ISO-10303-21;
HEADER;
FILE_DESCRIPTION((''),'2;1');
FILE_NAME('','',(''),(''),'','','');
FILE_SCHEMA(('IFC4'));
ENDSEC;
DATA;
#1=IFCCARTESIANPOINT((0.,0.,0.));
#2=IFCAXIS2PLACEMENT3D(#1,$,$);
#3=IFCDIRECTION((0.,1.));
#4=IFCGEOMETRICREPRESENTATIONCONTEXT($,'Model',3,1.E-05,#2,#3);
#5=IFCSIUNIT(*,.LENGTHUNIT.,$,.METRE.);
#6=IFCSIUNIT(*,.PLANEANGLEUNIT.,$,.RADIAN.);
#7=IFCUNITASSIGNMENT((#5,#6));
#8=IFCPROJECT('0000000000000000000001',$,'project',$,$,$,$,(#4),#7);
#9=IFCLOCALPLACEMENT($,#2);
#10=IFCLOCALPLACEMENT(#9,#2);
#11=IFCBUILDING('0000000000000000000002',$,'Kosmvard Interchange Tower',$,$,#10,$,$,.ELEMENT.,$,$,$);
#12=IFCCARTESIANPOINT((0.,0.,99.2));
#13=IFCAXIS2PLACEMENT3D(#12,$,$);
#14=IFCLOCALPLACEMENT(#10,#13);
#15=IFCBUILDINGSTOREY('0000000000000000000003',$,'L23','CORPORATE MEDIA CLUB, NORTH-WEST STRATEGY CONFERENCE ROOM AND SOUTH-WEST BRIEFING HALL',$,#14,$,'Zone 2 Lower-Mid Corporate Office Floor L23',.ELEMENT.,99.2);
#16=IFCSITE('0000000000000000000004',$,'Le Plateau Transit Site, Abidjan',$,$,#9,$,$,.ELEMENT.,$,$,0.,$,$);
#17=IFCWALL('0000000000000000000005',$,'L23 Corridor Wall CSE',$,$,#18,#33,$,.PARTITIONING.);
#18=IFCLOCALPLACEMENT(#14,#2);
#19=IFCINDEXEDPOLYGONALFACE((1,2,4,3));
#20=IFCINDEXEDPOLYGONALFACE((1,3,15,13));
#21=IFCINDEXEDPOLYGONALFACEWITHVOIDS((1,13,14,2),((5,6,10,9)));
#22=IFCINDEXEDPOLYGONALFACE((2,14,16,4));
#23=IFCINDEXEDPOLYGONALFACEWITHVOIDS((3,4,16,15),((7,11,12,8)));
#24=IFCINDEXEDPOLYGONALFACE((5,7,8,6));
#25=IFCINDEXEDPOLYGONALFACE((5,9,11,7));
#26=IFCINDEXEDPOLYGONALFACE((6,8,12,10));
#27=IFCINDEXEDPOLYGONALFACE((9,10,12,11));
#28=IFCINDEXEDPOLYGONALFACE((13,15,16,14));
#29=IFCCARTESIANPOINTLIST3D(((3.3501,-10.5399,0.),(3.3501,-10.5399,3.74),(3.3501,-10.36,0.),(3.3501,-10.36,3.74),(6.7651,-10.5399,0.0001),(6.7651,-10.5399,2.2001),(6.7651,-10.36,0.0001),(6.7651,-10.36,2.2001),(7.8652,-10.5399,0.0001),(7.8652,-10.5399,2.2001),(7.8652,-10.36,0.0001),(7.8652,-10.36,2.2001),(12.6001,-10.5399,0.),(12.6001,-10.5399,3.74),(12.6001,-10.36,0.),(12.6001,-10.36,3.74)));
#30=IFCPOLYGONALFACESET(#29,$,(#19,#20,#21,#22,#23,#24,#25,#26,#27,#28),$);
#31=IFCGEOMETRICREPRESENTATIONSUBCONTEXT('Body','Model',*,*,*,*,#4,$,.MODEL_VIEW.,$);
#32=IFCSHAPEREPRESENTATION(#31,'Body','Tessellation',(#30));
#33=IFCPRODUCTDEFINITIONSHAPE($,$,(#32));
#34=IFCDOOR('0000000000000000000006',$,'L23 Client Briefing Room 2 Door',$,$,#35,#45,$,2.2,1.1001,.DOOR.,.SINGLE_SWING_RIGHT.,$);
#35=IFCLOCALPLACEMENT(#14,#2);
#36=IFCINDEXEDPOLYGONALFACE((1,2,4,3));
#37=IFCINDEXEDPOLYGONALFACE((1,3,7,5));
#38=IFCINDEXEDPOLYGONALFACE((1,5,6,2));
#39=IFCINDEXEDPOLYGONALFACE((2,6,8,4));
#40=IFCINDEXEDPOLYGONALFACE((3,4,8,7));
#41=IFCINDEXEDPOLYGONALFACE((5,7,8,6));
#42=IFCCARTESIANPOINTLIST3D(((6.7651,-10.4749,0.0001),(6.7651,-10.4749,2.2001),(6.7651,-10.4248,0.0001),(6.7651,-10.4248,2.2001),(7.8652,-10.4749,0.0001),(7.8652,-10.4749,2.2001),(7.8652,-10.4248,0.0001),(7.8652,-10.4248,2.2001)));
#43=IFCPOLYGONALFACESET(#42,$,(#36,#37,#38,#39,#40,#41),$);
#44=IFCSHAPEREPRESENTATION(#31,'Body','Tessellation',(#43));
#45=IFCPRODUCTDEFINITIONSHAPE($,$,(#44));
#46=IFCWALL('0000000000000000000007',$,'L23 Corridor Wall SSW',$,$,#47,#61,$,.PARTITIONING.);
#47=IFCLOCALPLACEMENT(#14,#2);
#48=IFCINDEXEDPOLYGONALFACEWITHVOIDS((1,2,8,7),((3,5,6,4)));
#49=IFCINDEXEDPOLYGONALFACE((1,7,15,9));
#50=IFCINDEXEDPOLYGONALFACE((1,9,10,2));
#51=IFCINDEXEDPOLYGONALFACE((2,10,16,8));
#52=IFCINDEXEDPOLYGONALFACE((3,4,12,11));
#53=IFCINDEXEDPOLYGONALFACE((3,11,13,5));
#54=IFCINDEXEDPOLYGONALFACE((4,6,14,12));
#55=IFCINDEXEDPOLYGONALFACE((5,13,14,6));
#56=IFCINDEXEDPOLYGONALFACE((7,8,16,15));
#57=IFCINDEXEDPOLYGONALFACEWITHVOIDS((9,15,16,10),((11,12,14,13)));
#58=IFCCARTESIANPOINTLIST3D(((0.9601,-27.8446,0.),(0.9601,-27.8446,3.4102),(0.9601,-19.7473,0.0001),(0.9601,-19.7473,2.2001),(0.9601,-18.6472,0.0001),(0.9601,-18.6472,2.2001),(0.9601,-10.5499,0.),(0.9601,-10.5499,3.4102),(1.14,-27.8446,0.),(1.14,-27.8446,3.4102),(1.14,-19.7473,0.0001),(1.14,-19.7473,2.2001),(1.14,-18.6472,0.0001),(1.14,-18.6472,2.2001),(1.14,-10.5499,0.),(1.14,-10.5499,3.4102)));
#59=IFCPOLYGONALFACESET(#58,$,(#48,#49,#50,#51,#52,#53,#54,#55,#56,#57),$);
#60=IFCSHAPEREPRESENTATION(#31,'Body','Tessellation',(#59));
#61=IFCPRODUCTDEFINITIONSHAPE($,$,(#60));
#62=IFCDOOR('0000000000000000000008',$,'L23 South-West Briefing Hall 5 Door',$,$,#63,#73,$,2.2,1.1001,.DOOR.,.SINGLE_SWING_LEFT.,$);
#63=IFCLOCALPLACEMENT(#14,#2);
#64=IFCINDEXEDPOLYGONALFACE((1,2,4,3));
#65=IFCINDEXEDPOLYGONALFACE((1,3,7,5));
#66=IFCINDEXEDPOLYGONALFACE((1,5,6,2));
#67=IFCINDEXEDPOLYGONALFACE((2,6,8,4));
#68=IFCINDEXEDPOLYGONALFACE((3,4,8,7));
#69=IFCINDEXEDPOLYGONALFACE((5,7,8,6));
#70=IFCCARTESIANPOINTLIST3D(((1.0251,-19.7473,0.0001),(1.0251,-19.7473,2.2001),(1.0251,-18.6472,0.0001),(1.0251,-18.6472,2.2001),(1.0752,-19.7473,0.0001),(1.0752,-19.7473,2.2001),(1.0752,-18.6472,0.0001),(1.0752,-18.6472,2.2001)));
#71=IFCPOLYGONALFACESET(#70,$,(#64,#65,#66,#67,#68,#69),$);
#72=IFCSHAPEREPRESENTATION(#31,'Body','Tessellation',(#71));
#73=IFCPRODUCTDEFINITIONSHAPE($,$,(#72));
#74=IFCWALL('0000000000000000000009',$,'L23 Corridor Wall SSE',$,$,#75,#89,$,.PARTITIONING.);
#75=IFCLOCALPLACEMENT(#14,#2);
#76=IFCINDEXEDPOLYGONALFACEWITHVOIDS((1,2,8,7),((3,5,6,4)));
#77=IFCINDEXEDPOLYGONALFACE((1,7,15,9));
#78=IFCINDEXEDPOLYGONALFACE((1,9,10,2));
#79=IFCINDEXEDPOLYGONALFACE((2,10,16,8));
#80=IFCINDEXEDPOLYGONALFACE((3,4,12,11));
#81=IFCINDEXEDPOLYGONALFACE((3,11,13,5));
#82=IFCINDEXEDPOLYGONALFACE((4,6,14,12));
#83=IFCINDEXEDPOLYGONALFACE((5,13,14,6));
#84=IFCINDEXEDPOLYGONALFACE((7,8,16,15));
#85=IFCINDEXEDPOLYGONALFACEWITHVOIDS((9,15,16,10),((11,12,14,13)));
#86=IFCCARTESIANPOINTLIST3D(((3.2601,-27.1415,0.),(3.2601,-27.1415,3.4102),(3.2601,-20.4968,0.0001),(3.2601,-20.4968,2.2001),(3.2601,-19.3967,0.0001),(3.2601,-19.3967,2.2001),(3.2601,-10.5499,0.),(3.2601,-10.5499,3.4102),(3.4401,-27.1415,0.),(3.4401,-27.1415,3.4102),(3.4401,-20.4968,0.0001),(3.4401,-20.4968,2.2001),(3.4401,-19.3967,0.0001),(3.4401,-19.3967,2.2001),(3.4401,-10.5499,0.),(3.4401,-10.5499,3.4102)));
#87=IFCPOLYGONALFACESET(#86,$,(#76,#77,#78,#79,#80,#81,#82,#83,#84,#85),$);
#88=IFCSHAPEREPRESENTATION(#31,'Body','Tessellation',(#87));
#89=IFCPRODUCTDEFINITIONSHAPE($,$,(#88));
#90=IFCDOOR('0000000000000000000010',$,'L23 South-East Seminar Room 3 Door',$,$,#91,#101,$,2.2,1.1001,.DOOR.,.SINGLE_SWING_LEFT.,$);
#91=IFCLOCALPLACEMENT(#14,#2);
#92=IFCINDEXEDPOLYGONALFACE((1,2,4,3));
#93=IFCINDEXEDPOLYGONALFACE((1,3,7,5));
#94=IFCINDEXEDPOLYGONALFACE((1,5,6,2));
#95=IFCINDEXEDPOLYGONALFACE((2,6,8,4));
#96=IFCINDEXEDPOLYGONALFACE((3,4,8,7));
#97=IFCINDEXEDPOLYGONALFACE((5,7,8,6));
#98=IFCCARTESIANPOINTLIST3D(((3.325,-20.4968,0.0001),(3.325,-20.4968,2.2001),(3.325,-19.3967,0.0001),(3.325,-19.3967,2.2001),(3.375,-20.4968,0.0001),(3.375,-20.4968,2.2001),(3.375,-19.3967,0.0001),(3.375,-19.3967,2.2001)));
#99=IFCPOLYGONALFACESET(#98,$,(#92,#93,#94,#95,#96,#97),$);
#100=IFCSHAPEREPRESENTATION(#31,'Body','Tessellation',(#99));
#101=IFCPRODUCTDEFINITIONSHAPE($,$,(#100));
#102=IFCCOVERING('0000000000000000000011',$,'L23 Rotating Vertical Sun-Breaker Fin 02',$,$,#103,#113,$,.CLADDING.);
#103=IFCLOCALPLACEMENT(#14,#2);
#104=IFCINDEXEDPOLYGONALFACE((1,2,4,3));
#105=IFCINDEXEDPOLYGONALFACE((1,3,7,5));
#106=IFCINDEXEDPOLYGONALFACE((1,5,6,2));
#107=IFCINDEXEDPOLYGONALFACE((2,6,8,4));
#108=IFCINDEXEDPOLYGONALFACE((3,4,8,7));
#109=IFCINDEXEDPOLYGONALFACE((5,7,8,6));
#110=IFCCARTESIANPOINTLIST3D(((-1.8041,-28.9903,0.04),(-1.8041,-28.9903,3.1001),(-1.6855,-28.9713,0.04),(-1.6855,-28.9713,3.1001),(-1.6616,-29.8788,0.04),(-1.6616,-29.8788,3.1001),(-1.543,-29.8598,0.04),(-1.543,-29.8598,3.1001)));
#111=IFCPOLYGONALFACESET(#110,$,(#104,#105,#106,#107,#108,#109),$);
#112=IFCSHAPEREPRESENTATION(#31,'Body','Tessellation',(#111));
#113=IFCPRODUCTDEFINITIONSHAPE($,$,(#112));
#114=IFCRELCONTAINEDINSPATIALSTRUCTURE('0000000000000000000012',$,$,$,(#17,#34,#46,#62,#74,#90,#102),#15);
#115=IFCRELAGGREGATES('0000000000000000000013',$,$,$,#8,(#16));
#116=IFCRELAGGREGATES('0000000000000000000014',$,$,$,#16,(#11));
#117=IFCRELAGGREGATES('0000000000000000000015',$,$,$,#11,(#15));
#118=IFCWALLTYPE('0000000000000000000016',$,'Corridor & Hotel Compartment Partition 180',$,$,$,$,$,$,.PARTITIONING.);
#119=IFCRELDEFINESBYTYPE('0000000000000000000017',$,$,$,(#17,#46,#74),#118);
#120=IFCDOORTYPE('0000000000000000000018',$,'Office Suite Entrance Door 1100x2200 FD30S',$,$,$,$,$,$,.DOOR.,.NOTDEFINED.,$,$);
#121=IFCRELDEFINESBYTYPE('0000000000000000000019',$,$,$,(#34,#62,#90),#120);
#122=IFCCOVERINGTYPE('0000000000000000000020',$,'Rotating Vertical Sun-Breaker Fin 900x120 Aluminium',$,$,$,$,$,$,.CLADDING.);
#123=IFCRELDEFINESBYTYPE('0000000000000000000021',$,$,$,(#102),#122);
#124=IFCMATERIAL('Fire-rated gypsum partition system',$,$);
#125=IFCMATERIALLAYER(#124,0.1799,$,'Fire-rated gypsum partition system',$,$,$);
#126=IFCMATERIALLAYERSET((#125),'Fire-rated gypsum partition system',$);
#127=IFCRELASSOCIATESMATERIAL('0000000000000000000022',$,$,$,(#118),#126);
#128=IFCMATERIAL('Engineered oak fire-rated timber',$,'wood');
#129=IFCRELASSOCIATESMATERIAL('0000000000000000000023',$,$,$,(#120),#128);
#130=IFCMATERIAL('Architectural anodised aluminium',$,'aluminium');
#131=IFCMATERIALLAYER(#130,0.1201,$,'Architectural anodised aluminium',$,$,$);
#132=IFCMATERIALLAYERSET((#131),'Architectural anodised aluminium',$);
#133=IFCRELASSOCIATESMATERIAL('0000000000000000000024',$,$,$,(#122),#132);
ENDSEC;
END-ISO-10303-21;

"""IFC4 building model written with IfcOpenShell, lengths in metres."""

from ifc_helpers import new_model, si_unit, direction, frame, frame_2d, origin, origin_2d, place, context, subcontext, project, spatial, rectangle, extrude, source, transform, mapped, material, layer, layer_set, type_object, element, fill, save


model = new_model("IFC4")

# Units and contexts
model_context = context("Model", 3, precision=1e-05, world=origin(), true_north=direction((0.0, 1.0)))
body_context = subcontext(model_context, "Body", "Model", "MODEL_VIEW")
ifc_project = project(units=[si_unit("LENGTHUNIT", "METRE"), si_unit("PLANEANGLEUNIT", "RADIAN")], contexts=[model_context])

# Site, building, storey
site_placement = place(None, origin())
site = spatial("IfcSite", under=ifc_project, at=site_placement, Name="Le Plateau Transit Site, Abidjan", CompositionType="ELEMENT", RefElevation=0.0)
building_placement = place(site_placement, origin())
building = spatial("IfcBuilding", under=site, at=building_placement, Name="Kosmvard Interchange Tower", CompositionType="ELEMENT")
storey_placement = place(building_placement, frame((0.0, 0.0, 99.2)))
storey = spatial("IfcBuildingStorey", under=building, at=storey_placement, Name="L23", Description="CORPORATE MEDIA CLUB, NORTH-WEST STRATEGY CONFERENCE ROOM AND SOUTH-WEST BRIEFING HALL", LongName="Zone 2 Lower-Mid Corporate Office Floor L23", CompositionType="ELEMENT", Elevation=99.2)

# Walls, openings, doors
ifc_material_1 = material(Name="Fire-rated gypsum partition system")
ifc_layer_1 = layer(ifc_material_1, 0.1799, Name="Fire-rated gypsum partition system")
ifc_layer_set_1 = layer_set([ifc_layer_1], Name="Fire-rated gypsum partition system")
wall_type_1 = type_object("IfcWallType", Name="Corridor & Hotel Compartment Partition 180", PredefinedType="PARTITIONING", material=ifc_layer_set_1)
wall_1_placement = place(storey_placement, frame((3.3501, -10.45, 0.0), z_axis=(0.0, 0.0, 1.0), x_axis=(1.0, 0.0, 0.0)))
wall_1 = element("IfcWall", 1, at=wall_1_placement, inside=storey, type_object=wall_type_1, Name="L23 Corridor Wall CSE", PredefinedType="PARTITIONING", context=body_context, shape_type="SweptSolid", body=[
    extrude(rectangle(XDim=9.25, YDim=0.1799, at=frame_2d((4.625, 0.0))), origin(), (0.0, 0.0, 1.0), 3.74),
])
opening_1_placement = place(wall_1_placement, frame((3.415, 0.0, 0.0)))
opening_1 = element("IfcOpeningElement", 2, at=opening_1_placement, cuts=wall_1, PredefinedType="OPENING", context=body_context, shape_type="SweptSolid", body=[
    extrude(rectangle(XDim=1.1001, YDim=2.2, at=frame_2d((0.55, 1.1001))), frame((0.0, 0.1001, 0.0), z_axis=(0.0, -1.0, 0.0), x_axis=(1.0, 0.0, 0.0)), (0.0, 0.0, 1.0), 0.2),
])
ifc_material_2 = material(Name="Engineered oak fire-rated timber", Category="wood")
door_type = type_object("IfcDoorType", Name="Office Suite Entrance Door 1100x2200 FD30S", OperationType="NOTDEFINED", PredefinedType="DOOR", material=ifc_material_2)
shared_shape_1 = source(origin(), body_context, "Body", "SweptSolid", [
    extrude(rectangle(XDim=1.1001, YDim=2.2, at=frame_2d((0.55, 1.1001))), frame((0.0, 0.0249, 0.0), z_axis=(0.0, -1.0, 0.0), x_axis=(1.0, 0.0, 0.0)), (0.0, 0.0, 1.0), 0.05),
])
door_1_placement = place(opening_1_placement, frame((1.1001, 0.0, 0.0), z_axis=(0.0, 0.0, 1.0), x_axis=(-1.0, 0.0, 0.0)))
door_1 = element("IfcDoor", 3, at=door_1_placement, inside=storey, type_object=door_type, Name="L23 Client Briefing Room 2 Door", OperationType="SINGLE_SWING_RIGHT", OverallHeight=2.2, OverallWidth=1.1001, PredefinedType="DOOR", context=body_context, shape_type="MappedRepresentation", body=[
    mapped(shared_shape_1, transform((0.0, 0.0, 0.0), scale=1.0)),
])
fill(opening_1, door_1)
wall_2_placement = place(storey_placement, frame((1.05, -27.8447, 0.0), z_axis=(0.0, 0.0, 1.0), x_axis=(0.0, 1.0, 0.0)))
wall_2 = element("IfcWall", 4, at=wall_2_placement, inside=storey, type_object=wall_type_1, Name="L23 Corridor Wall SSW", PredefinedType="PARTITIONING", context=body_context, shape_type="SweptSolid", body=[
    extrude(rectangle(XDim=17.2947, YDim=0.1799, at=frame_2d((8.6475, 0.0))), origin(), (0.0, 0.0, 1.0), 3.4102),
])
opening_2_placement = place(wall_2_placement, frame((8.0974, 0.0, 0.0)))
opening_2 = element("IfcOpeningElement", 5, at=opening_2_placement, cuts=wall_2, PredefinedType="OPENING", context=body_context, shape_type="SweptSolid", body=[
    extrude(rectangle(XDim=1.1001, YDim=2.2, at=frame_2d((0.55, 1.1001))), frame((0.0, 0.1001, 0.0), z_axis=(0.0, -1.0, 0.0), x_axis=(1.0, 0.0, 0.0)), (0.0, 0.0, 1.0), 0.2),
])
door_2_placement = place(opening_2_placement, origin())
door_2 = element("IfcDoor", 6, at=door_2_placement, inside=storey, type_object=door_type, Name="L23 South-West Briefing Hall 5 Door", OperationType="SINGLE_SWING_LEFT", OverallHeight=2.2, OverallWidth=1.1001, PredefinedType="DOOR", context=body_context, shape_type="MappedRepresentation", body=[
    mapped(shared_shape_1, transform((0.0, 0.0, 0.0), scale=1.0)),
])
fill(opening_2, door_2)
wall_3_placement = place(storey_placement, frame((3.3501, -27.1416, 0.0), z_axis=(0.0, 0.0, 1.0), x_axis=(0.0, 1.0, 0.0)))
wall_3 = element("IfcWall", 7, at=wall_3_placement, inside=storey, type_object=wall_type_1, Name="L23 Corridor Wall SSE", PredefinedType="PARTITIONING", context=body_context, shape_type="SweptSolid", body=[
    extrude(rectangle(XDim=16.5916, YDim=0.1799, at=frame_2d((8.2959, 0.0))), origin(), (0.0, 0.0, 1.0), 3.4102),
])
opening_3_placement = place(wall_3_placement, frame((6.6448, 0.0, 0.0)))
opening_3 = element("IfcOpeningElement", 8, at=opening_3_placement, cuts=wall_3, PredefinedType="OPENING", context=body_context, shape_type="SweptSolid", body=[
    extrude(rectangle(XDim=1.1001, YDim=2.2, at=frame_2d((0.55, 1.1001))), frame((0.0, 0.1001, 0.0), z_axis=(0.0, -1.0, 0.0), x_axis=(1.0, 0.0, 0.0)), (0.0, 0.0, 1.0), 0.2),
])
door_3_placement = place(opening_3_placement, frame((1.1001, 0.0, 0.0), z_axis=(0.0, 0.0, 1.0), x_axis=(-1.0, 0.0, 0.0)))
door_3 = element("IfcDoor", 9, at=door_3_placement, inside=storey, type_object=door_type, Name="L23 South-East Seminar Room 3 Door", OperationType="SINGLE_SWING_LEFT", OverallHeight=2.2, OverallWidth=1.1001, PredefinedType="DOOR", context=body_context, shape_type="MappedRepresentation", body=[
    mapped(shared_shape_1, transform((0.0, 0.0, 0.0), scale=1.0)),
])
fill(opening_3, door_3)

# Covering
ifc_material_3 = material(Name="Architectural anodised aluminium", Category="aluminium")
ifc_layer_2 = layer(ifc_material_3, 0.1201, Name="Architectural anodised aluminium")
ifc_layer_set_2 = layer_set([ifc_layer_2], Name="Architectural anodised aluminium")
covering_type = type_object("IfcCoveringType", Name="Rotating Vertical Sun-Breaker Fin 900x120 Aluminium", PredefinedType="CLADDING", material=ifc_layer_set_2)
shared_shape_2 = source(origin(), body_context, "Body", "SweptSolid", [
    extrude(rectangle(XDim=0.8999, YDim=0.1201, at=origin_2d()), origin(), (0.0, 0.0, 1.0), 3.0601),
])
covering_placement = place(storey_placement, frame((-1.6736, -29.425, 0.04), z_axis=(0.0, 0.0, 1.0), x_axis=(0.15833, -0.987386, 0.0)))
element("IfcCovering", 10, at=covering_placement, inside=storey, type_object=covering_type, Name="L23 Rotating Vertical Sun-Breaker Fin 02", PredefinedType="CLADDING", context=body_context, shape_type="MappedRepresentation", body=[
    mapped(shared_shape_2, transform((0.0, 0.0, 0.0), scale=1.0)),
])

save(model, "model.ifc")
